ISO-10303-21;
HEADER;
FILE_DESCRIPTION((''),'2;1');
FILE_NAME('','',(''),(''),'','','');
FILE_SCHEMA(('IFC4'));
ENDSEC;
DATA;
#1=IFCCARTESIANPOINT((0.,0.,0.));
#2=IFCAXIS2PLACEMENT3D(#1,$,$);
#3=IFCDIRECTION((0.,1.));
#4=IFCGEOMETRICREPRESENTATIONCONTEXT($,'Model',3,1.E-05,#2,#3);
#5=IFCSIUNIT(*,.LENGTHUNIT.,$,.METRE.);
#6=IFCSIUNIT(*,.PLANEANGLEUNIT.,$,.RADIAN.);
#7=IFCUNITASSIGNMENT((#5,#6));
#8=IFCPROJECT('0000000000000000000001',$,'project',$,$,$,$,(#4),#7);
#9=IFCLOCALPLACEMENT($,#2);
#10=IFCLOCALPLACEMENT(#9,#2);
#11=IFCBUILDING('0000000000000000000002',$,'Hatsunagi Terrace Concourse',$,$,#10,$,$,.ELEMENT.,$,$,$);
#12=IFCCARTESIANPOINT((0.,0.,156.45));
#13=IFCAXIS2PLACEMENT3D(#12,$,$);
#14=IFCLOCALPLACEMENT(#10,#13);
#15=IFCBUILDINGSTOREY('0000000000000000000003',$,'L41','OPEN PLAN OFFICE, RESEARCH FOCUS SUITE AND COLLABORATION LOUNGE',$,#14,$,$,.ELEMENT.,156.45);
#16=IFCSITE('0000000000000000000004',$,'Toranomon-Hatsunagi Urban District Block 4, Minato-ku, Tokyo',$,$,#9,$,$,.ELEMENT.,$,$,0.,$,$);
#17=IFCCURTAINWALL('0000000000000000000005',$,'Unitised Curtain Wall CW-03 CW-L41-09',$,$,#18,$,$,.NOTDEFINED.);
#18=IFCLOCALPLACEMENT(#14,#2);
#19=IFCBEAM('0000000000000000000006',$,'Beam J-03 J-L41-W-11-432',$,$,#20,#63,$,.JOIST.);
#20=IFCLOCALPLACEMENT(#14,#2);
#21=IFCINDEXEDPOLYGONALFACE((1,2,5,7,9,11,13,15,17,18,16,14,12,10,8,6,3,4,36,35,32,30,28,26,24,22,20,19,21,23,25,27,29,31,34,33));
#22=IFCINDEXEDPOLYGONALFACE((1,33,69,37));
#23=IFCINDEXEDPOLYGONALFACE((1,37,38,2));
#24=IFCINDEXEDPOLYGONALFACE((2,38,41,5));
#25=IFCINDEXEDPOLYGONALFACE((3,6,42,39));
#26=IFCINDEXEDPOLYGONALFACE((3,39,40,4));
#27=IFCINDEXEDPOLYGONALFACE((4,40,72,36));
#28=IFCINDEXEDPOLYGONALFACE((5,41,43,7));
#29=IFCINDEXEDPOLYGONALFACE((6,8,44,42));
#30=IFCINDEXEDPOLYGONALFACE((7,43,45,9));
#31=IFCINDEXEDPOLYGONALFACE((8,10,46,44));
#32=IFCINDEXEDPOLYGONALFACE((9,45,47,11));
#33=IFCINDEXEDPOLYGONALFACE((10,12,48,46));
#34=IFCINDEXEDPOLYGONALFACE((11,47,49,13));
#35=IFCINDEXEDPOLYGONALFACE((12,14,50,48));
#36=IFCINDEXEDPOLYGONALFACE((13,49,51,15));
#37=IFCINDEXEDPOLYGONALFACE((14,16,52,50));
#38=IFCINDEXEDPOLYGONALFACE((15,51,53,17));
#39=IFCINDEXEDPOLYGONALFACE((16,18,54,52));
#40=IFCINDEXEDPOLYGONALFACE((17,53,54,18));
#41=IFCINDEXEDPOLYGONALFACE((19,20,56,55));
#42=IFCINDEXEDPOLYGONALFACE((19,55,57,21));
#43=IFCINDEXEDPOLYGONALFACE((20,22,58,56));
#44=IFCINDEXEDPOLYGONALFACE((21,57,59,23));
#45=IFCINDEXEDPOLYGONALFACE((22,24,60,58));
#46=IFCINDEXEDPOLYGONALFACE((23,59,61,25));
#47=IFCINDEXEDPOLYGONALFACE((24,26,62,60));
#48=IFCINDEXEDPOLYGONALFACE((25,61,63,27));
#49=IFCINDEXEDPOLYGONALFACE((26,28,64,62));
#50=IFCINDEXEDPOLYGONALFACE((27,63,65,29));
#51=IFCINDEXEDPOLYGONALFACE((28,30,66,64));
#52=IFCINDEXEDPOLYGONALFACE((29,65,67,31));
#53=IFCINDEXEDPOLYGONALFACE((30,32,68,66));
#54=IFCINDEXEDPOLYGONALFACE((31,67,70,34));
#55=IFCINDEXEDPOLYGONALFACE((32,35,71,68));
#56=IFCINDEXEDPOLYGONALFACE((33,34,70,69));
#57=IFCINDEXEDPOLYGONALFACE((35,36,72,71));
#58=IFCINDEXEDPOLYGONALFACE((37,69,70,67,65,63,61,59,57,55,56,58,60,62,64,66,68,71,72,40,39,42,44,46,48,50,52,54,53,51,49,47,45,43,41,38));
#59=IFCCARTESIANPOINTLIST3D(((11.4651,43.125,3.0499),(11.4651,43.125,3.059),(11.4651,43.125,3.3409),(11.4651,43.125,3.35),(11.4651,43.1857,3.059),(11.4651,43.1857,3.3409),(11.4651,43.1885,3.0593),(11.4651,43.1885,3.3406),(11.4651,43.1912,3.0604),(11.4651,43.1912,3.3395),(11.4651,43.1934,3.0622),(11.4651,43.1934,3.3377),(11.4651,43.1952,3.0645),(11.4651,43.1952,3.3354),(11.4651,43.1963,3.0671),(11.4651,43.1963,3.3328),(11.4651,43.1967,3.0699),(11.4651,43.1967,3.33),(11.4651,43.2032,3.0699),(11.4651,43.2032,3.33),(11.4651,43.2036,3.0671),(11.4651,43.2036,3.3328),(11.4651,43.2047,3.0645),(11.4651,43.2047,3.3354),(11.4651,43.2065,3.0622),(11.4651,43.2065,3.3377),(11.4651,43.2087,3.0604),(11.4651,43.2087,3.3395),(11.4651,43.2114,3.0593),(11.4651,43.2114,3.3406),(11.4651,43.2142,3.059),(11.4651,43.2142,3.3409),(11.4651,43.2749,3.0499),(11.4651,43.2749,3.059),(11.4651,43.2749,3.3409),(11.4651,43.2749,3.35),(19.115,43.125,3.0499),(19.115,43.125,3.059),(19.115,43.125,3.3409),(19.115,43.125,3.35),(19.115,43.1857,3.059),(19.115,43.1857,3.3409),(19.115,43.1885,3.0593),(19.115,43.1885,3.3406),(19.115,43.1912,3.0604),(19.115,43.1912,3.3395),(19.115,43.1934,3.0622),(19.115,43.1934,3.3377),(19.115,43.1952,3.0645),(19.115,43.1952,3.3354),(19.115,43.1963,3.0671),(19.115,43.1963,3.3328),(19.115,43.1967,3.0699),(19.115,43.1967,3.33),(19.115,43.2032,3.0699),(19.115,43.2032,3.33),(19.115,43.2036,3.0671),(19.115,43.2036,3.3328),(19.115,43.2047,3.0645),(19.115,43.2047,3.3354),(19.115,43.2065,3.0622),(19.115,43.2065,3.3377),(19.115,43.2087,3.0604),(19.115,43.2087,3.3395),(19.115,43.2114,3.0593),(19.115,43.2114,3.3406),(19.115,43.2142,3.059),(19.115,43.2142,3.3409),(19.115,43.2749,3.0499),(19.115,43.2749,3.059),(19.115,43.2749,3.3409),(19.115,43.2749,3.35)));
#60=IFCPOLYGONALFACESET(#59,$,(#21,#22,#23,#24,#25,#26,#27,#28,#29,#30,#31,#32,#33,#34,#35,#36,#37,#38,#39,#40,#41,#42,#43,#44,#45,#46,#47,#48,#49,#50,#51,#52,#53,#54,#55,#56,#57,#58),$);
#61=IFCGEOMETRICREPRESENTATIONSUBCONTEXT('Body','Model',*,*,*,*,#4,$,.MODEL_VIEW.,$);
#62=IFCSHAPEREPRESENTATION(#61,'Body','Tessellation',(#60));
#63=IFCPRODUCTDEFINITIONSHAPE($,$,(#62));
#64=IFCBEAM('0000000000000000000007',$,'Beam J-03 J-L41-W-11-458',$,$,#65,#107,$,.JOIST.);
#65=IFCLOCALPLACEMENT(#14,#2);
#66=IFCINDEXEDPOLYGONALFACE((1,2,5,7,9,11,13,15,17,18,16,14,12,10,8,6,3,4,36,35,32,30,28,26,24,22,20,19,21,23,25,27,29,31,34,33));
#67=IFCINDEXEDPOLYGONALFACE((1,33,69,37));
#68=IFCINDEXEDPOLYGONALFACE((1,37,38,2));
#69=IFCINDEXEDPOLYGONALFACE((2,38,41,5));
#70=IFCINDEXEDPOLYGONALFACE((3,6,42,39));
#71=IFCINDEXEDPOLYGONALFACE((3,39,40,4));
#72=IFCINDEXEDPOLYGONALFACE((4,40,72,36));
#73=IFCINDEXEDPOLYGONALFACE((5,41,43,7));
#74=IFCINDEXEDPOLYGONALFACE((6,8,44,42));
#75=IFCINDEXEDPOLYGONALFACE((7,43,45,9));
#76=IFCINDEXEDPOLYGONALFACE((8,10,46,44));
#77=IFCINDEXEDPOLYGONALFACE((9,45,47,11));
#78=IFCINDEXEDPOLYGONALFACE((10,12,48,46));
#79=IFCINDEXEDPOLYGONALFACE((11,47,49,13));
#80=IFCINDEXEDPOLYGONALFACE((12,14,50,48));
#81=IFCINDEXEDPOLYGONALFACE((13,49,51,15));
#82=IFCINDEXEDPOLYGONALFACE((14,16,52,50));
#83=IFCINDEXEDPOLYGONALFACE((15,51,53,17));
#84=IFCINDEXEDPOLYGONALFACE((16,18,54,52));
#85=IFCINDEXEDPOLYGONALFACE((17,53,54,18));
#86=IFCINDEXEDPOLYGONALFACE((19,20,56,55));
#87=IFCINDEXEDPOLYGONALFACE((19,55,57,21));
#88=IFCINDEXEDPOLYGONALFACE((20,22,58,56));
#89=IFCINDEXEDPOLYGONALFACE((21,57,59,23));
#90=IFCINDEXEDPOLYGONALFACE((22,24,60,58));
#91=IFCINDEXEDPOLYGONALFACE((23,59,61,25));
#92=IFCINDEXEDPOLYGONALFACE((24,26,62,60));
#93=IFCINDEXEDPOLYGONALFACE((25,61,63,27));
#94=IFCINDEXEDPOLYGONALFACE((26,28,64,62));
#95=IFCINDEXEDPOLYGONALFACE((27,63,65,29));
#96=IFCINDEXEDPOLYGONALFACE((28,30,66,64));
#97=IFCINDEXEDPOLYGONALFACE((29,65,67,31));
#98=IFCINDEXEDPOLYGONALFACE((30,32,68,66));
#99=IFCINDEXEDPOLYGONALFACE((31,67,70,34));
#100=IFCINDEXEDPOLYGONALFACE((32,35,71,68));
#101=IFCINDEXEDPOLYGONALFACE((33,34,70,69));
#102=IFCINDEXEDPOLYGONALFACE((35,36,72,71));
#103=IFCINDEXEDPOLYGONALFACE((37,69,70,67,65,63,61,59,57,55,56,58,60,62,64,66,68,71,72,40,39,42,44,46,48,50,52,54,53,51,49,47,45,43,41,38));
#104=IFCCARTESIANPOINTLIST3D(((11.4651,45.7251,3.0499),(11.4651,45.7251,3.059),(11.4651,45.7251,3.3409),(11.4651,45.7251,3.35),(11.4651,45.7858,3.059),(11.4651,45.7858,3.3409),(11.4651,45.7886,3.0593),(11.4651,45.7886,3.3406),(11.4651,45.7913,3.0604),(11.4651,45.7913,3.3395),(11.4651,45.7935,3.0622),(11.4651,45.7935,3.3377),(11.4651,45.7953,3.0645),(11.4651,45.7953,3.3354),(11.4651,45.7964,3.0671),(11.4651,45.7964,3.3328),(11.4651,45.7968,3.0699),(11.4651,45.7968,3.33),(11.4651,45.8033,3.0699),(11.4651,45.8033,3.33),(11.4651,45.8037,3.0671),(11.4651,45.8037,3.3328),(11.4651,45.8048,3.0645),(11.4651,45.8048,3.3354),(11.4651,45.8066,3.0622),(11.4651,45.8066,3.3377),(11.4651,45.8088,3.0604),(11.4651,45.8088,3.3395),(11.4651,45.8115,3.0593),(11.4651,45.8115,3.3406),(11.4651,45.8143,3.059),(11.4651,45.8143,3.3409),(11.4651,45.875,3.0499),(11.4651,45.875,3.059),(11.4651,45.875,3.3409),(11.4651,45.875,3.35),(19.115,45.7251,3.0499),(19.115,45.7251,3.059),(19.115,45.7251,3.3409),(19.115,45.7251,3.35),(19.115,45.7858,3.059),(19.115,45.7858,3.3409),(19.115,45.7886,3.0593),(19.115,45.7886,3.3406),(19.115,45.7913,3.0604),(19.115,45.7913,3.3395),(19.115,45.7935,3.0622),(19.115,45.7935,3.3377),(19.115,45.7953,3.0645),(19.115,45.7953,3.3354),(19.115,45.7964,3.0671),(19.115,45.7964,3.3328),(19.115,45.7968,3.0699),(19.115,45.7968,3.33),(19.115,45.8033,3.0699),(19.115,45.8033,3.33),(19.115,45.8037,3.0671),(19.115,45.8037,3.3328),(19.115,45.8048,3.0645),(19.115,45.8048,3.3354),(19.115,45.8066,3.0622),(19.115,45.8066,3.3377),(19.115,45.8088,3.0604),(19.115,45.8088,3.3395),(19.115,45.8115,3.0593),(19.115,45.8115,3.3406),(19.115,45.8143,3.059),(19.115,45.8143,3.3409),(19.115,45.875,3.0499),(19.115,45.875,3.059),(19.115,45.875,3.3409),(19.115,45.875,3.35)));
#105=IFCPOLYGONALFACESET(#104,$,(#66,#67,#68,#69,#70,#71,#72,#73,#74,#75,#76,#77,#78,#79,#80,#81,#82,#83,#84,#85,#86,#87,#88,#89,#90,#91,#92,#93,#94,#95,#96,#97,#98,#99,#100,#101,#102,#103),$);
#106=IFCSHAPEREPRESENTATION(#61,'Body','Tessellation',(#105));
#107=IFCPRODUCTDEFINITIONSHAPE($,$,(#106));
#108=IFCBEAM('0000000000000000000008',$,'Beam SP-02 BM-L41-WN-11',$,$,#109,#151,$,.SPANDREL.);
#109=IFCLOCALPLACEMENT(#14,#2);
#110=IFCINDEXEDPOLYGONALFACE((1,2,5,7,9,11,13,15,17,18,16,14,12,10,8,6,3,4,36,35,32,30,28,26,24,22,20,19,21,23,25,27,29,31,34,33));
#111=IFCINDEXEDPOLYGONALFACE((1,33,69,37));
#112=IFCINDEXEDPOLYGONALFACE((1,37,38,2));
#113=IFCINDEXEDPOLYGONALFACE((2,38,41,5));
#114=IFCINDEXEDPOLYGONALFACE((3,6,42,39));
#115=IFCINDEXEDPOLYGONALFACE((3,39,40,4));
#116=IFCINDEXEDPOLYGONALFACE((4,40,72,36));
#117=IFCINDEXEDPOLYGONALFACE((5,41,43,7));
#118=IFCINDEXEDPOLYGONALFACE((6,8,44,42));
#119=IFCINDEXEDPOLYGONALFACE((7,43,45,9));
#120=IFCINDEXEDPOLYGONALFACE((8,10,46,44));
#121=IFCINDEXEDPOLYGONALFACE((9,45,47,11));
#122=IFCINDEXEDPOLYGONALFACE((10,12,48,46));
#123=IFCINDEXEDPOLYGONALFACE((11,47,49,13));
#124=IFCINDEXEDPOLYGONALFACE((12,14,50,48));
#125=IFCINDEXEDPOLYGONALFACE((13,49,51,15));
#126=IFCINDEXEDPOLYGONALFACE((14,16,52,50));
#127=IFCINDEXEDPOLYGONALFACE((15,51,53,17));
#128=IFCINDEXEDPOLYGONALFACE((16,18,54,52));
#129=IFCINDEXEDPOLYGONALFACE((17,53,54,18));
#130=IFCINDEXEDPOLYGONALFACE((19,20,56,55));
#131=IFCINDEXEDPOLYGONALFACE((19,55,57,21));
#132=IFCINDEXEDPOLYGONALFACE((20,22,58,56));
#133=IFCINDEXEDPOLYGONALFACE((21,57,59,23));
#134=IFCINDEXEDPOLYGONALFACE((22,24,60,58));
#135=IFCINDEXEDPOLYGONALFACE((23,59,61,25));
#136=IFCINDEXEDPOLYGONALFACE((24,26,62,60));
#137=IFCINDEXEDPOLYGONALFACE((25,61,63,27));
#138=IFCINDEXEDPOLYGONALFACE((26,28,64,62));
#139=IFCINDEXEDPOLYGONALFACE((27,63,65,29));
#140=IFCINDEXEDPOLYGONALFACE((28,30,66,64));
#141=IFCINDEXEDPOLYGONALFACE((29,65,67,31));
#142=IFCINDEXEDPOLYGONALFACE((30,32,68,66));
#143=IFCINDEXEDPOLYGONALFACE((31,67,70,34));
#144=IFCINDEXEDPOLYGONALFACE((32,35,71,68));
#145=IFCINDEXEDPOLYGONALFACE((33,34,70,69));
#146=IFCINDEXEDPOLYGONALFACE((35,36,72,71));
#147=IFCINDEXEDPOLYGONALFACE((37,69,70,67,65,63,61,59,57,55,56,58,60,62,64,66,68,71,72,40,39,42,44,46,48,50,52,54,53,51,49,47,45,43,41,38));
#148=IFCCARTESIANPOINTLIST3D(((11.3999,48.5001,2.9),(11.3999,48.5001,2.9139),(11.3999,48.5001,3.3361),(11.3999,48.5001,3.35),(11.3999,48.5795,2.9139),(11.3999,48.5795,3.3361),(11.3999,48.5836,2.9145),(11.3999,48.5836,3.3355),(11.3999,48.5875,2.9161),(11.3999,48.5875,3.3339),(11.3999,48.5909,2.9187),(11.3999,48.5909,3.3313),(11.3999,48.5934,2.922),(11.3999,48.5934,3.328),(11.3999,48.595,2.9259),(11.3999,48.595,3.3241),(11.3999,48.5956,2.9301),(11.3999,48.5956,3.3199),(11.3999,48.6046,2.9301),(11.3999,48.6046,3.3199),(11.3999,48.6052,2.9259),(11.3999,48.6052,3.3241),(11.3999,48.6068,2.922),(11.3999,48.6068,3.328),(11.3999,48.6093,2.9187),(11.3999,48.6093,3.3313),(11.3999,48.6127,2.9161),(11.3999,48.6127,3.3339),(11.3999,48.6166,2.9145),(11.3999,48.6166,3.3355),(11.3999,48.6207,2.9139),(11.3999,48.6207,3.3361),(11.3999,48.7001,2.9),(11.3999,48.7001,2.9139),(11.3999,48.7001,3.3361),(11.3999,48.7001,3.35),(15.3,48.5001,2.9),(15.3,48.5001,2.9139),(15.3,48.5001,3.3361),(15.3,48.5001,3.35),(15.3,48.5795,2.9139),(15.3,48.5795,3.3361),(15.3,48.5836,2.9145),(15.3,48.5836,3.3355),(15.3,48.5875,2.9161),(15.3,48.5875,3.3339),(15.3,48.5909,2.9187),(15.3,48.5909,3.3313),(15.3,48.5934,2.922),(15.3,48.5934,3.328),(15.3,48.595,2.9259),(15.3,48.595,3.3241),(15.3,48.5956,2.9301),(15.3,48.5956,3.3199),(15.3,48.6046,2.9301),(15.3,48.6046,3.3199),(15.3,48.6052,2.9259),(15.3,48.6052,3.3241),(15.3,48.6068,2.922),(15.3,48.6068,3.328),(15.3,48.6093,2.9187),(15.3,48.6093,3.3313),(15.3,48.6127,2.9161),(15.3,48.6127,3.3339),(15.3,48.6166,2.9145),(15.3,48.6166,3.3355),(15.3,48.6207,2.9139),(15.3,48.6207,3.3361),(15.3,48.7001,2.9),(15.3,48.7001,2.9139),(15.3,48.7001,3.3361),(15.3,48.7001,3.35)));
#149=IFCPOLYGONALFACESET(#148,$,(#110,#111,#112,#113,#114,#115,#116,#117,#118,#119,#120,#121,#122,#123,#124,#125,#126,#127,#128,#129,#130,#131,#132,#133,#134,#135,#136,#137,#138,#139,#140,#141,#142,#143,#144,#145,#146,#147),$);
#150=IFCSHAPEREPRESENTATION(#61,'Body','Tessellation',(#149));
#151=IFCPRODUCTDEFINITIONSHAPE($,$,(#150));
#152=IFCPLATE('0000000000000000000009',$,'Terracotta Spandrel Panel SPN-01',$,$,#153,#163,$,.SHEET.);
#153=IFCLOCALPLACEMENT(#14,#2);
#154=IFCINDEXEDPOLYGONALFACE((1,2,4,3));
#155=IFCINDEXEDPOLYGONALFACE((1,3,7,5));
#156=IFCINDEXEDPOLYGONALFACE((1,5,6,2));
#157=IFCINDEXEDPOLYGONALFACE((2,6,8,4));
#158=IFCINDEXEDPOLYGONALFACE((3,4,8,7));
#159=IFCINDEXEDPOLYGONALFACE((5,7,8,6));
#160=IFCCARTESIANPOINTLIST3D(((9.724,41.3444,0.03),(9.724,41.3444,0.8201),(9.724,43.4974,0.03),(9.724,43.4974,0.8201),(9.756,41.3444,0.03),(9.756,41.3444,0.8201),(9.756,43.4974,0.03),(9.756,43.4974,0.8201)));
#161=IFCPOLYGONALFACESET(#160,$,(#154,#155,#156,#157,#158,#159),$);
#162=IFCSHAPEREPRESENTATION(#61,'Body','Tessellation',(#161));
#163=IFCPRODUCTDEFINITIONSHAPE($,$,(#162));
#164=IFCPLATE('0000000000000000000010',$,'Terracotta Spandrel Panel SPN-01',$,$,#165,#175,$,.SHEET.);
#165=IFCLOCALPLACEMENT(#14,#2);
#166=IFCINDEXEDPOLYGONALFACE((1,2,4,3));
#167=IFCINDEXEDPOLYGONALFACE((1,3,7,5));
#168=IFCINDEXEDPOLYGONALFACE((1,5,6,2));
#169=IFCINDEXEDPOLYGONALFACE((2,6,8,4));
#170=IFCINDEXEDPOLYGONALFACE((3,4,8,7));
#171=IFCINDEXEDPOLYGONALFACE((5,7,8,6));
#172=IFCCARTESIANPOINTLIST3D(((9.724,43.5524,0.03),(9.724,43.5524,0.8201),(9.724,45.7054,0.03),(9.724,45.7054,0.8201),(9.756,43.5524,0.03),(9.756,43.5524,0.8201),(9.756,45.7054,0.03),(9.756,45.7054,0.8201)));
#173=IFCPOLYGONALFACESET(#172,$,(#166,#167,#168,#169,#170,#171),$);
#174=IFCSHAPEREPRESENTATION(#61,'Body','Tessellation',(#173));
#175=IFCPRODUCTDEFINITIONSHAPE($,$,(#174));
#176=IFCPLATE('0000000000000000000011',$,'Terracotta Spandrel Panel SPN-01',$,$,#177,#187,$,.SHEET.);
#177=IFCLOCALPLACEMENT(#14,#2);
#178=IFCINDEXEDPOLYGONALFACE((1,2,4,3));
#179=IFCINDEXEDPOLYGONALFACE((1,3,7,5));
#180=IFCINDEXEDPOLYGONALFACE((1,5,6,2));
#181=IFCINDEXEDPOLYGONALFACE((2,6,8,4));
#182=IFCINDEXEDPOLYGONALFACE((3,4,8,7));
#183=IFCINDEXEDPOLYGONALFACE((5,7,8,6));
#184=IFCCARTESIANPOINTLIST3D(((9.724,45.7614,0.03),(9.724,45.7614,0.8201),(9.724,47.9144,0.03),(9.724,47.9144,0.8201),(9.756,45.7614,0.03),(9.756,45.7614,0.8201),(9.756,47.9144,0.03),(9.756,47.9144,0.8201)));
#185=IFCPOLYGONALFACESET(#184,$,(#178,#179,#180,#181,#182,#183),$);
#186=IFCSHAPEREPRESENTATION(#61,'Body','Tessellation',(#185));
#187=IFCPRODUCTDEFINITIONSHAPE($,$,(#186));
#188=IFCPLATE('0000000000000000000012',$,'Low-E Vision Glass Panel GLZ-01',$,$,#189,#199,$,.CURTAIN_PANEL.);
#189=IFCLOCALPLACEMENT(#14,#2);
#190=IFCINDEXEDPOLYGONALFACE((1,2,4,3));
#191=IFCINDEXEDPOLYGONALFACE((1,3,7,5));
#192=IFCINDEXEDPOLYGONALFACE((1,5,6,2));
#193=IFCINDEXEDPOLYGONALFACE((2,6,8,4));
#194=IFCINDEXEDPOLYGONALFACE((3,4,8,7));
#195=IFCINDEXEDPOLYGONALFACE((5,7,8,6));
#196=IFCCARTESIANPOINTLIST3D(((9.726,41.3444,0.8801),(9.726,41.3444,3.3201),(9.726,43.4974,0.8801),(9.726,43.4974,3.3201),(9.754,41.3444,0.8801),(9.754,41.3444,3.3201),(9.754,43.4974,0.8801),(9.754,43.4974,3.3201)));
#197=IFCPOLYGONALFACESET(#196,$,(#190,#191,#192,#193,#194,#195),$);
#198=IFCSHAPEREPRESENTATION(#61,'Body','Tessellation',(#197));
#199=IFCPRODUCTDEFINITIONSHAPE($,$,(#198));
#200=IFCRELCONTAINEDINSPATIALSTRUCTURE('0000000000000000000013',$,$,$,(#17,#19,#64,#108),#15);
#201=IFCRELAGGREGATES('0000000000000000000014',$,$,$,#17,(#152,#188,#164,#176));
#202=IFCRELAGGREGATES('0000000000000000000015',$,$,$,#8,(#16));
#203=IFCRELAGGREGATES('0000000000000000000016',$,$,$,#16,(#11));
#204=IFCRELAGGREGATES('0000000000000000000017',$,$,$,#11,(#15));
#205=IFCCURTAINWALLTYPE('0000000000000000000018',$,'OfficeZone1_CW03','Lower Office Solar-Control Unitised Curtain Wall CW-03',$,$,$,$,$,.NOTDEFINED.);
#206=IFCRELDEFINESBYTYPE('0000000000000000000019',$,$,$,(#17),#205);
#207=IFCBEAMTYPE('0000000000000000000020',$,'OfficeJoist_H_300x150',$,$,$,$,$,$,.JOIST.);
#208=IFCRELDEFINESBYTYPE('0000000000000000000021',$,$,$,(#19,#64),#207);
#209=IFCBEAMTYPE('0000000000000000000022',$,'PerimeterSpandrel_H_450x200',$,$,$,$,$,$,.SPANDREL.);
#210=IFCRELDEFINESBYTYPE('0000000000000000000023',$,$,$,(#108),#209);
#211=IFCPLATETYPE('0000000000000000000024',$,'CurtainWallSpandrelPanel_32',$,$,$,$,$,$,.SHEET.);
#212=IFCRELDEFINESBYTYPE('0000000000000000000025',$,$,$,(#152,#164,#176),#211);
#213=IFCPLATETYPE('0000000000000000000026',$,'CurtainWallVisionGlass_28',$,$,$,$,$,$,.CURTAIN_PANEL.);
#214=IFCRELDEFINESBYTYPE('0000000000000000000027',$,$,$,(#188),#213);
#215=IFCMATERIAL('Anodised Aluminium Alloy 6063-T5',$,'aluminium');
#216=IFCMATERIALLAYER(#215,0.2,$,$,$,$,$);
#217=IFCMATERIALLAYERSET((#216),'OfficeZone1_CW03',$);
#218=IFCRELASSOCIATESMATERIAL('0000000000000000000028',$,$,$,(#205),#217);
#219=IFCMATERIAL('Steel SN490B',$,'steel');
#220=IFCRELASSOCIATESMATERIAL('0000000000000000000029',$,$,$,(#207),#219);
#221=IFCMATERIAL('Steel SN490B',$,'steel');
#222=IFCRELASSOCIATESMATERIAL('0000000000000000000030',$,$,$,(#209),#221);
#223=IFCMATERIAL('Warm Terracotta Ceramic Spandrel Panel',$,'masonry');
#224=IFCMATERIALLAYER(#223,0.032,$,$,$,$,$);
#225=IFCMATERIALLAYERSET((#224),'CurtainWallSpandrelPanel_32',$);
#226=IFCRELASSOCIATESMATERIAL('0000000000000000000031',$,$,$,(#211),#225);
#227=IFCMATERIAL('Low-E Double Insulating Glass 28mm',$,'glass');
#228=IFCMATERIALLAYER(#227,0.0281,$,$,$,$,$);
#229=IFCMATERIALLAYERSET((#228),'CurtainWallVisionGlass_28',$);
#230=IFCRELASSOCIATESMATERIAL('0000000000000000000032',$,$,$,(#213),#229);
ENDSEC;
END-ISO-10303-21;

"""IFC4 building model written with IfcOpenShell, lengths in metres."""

from ifc_helpers import new_model, si_unit, direction, frame, origin, origin_2d, place, context, subcontext, project, spatial, rectangle, i_section, extrude, material, layer, layer_set, material_profile, profile_set, type_object, element, aggregate, save


model = new_model("IFC4")

# Units and contexts
model_context = context("Model", 3, precision=1e-05, world=origin(), true_north=direction((0.0, 1.0)))
body_context = subcontext(model_context, "Body", "Model", "MODEL_VIEW")
ifc_project = project(units=[si_unit("LENGTHUNIT", "METRE"), si_unit("PLANEANGLEUNIT", "RADIAN")], contexts=[model_context])

# Site, building, storey
site_placement = place(None, origin())
site = spatial("IfcSite", under=ifc_project, at=site_placement, Name="Toranomon-Hatsunagi Urban District Block 4, Minato-ku, Tokyo", CompositionType="ELEMENT", RefElevation=0.0)
building_placement = place(site_placement, origin())
building = spatial("IfcBuilding", under=site, at=building_placement, Name="Hatsunagi Terrace Concourse", CompositionType="ELEMENT")
storey_placement = place(building_placement, frame((0.0, 0.0, 156.45)))
storey = spatial("IfcBuildingStorey", under=building, at=storey_placement, Name="L41", Description="OPEN PLAN OFFICE, RESEARCH FOCUS SUITE AND COLLABORATION LOUNGE", CompositionType="ELEMENT", Elevation=156.45)

# Curtain wall
ifc_material_1 = material(Name="Anodised Aluminium Alloy 6063-T5", Category="aluminium")
ifc_layer_1 = layer(ifc_material_1, 0.2)
ifc_layer_set_1 = layer_set([ifc_layer_1], Name="OfficeZone1_CW03")
curtain_wall_type = type_object("IfcCurtainWallType", Name="OfficeZone1_CW03", Description="Lower Office Solar-Control Unitised Curtain Wall CW-03", PredefinedType="NOTDEFINED", material=ifc_layer_set_1)
curtain_wall_placement = place(storey_placement, origin())
curtain_wall = element("IfcCurtainWall", 1, at=curtain_wall_placement, inside=storey, type_object=curtain_wall_type, Name="Unitised Curtain Wall CW-03 CW-L41-09", PredefinedType="NOTDEFINED")

# Beams
ifc_material_2 = material(Name="Steel SN490B", Category="steel")
ifc_material_profile_1 = material_profile(ifc_material_2, i_section(OverallWidth=0.1499, OverallDepth=0.3, WebThickness=0.0066, FlangeThickness=0.009, FilletRadius=0.011, at=origin_2d()), Name="H-300x150x6.5x9")
ifc_profile_set_1 = profile_set([ifc_material_profile_1], Name="Steel SN490B")
beam_type_1 = type_object("IfcBeamType", Name="OfficeJoist_H_300x150", PredefinedType="JOIST", material=ifc_profile_set_1)
for number, where, z_axis, x_axis, name in (
    (2, (11.4651, 43.2, 3.2), (1.0, 0.0, 0.0), (0.0, 1.0, 0.0), "Beam J-03 J-L41-W-11-432"),
    (3, (11.4651, 45.8, 3.2), (1.0, 0.0, 0.0), (0.0, 1.0, 0.0), "Beam J-03 J-L41-W-11-458"),
):
    element("IfcBeam", number, at=place(storey_placement, frame(where, z_axis=z_axis, x_axis=x_axis)), inside=storey, type_object=beam_type_1, Name=name, PredefinedType="JOIST", context=body_context, shape_type="SweptSolid", body=[
        extrude(i_section(OverallWidth=0.1499, OverallDepth=0.3, WebThickness=0.0066, FlangeThickness=0.009, FilletRadius=0.011, at=origin_2d()), origin(), (0.0, 0.0, 1.0), 7.6499),
    ])
ifc_material_3 = material(Name="Steel SN490B", Category="steel")
ifc_material_profile_2 = material_profile(ifc_material_3, i_section(OverallWidth=0.2, OverallDepth=0.45, WebThickness=0.009, FlangeThickness=0.0139, FilletRadius=0.0161, at=origin_2d()), Name="H-450x200x9x14")
ifc_profile_set_2 = profile_set([ifc_material_profile_2], Name="Steel SN490B")
beam_type_2 = type_object("IfcBeamType", Name="PerimeterSpandrel_H_450x200", PredefinedType="SPANDREL", material=ifc_profile_set_2)
beam_placement = place(storey_placement, frame((11.3999, 48.6001, 3.125), z_axis=(1.0, 0.0, 0.0), x_axis=(0.0, 1.0, 0.0)))
element("IfcBeam", 4, at=beam_placement, inside=storey, type_object=beam_type_2, Name="Beam SP-02 BM-L41-WN-11", PredefinedType="SPANDREL", context=body_context, shape_type="SweptSolid", body=[
    extrude(i_section(OverallWidth=0.2, OverallDepth=0.45, WebThickness=0.009, FlangeThickness=0.0139, FilletRadius=0.0161, at=origin_2d()), origin(), (0.0, 0.0, 1.0), 3.9001),
])

# Plates
ifc_material_4 = material(Name="Warm Terracotta Ceramic Spandrel Panel", Category="masonry")
ifc_layer_2 = layer(ifc_material_4, 0.032)
ifc_layer_set_2 = layer_set([ifc_layer_2], Name="CurtainWallSpandrelPanel_32")
plate_type_1 = type_object("IfcPlateType", Name="CurtainWallSpandrelPanel_32", PredefinedType="SHEET", material=ifc_layer_set_2)
plate_1_placement = place(storey_placement, frame((9.74, 42.4209, 0.03), z_axis=(0.0, 0.0, 1.0), x_axis=(0.0, 1.0, 0.0)))
plate_1 = element("IfcPlate", 5, at=plate_1_placement, type_object=plate_type_1, Name="Terracotta Spandrel Panel SPN-01", PredefinedType="SHEET", context=body_context, shape_type="SweptSolid", body=[
    extrude(rectangle(XDim=2.1531, YDim=0.032, at=origin_2d()), origin(), (0.0, 0.0, 1.0), 0.79),
])
plate_2_placement = place(storey_placement, frame((9.74, 44.6289, 0.03), z_axis=(0.0, 0.0, 1.0), x_axis=(0.0, 1.0, 0.0)))
plate_2 = element("IfcPlate", 6, at=plate_2_placement, type_object=plate_type_1, Name="Terracotta Spandrel Panel SPN-01", PredefinedType="SHEET", context=body_context, shape_type="SweptSolid", body=[
    extrude(rectangle(XDim=2.1531, YDim=0.032, at=origin_2d()), origin(), (0.0, 0.0, 1.0), 0.79),
])
plate_3_placement = place(storey_placement, frame((9.74, 46.8379, 0.03), z_axis=(0.0, 0.0, 1.0), x_axis=(0.0, 1.0, 0.0)))
plate_3 = element("IfcPlate", 7, at=plate_3_placement, type_object=plate_type_1, Name="Terracotta Spandrel Panel SPN-01", PredefinedType="SHEET", context=body_context, shape_type="SweptSolid", body=[
    extrude(rectangle(XDim=2.1531, YDim=0.032, at=origin_2d()), origin(), (0.0, 0.0, 1.0), 0.79),
])
ifc_material_5 = material(Name="Low-E Double Insulating Glass 28mm", Category="glass")
ifc_layer_3 = layer(ifc_material_5, 0.0281)
ifc_layer_set_3 = layer_set([ifc_layer_3], Name="CurtainWallVisionGlass_28")
plate_type_2 = type_object("IfcPlateType", Name="CurtainWallVisionGlass_28", PredefinedType="CURTAIN_PANEL", material=ifc_layer_set_3)
plate_4_placement = place(storey_placement, frame((9.74, 42.4209, 0.8801), z_axis=(0.0, 0.0, 1.0), x_axis=(0.0, 1.0, 0.0)))
plate_4 = element("IfcPlate", 8, at=plate_4_placement, type_object=plate_type_2, Name="Low-E Vision Glass Panel GLZ-01", PredefinedType="CURTAIN_PANEL", context=body_context, shape_type="SweptSolid", body=[
    extrude(rectangle(XDim=2.1531, YDim=0.0281, at=origin_2d()), origin(), (0.0, 0.0, 1.0), 2.4399),
])
aggregate(curtain_wall, [plate_1, plate_4, plate_2, plate_3])

save(model, "model.ifc")
